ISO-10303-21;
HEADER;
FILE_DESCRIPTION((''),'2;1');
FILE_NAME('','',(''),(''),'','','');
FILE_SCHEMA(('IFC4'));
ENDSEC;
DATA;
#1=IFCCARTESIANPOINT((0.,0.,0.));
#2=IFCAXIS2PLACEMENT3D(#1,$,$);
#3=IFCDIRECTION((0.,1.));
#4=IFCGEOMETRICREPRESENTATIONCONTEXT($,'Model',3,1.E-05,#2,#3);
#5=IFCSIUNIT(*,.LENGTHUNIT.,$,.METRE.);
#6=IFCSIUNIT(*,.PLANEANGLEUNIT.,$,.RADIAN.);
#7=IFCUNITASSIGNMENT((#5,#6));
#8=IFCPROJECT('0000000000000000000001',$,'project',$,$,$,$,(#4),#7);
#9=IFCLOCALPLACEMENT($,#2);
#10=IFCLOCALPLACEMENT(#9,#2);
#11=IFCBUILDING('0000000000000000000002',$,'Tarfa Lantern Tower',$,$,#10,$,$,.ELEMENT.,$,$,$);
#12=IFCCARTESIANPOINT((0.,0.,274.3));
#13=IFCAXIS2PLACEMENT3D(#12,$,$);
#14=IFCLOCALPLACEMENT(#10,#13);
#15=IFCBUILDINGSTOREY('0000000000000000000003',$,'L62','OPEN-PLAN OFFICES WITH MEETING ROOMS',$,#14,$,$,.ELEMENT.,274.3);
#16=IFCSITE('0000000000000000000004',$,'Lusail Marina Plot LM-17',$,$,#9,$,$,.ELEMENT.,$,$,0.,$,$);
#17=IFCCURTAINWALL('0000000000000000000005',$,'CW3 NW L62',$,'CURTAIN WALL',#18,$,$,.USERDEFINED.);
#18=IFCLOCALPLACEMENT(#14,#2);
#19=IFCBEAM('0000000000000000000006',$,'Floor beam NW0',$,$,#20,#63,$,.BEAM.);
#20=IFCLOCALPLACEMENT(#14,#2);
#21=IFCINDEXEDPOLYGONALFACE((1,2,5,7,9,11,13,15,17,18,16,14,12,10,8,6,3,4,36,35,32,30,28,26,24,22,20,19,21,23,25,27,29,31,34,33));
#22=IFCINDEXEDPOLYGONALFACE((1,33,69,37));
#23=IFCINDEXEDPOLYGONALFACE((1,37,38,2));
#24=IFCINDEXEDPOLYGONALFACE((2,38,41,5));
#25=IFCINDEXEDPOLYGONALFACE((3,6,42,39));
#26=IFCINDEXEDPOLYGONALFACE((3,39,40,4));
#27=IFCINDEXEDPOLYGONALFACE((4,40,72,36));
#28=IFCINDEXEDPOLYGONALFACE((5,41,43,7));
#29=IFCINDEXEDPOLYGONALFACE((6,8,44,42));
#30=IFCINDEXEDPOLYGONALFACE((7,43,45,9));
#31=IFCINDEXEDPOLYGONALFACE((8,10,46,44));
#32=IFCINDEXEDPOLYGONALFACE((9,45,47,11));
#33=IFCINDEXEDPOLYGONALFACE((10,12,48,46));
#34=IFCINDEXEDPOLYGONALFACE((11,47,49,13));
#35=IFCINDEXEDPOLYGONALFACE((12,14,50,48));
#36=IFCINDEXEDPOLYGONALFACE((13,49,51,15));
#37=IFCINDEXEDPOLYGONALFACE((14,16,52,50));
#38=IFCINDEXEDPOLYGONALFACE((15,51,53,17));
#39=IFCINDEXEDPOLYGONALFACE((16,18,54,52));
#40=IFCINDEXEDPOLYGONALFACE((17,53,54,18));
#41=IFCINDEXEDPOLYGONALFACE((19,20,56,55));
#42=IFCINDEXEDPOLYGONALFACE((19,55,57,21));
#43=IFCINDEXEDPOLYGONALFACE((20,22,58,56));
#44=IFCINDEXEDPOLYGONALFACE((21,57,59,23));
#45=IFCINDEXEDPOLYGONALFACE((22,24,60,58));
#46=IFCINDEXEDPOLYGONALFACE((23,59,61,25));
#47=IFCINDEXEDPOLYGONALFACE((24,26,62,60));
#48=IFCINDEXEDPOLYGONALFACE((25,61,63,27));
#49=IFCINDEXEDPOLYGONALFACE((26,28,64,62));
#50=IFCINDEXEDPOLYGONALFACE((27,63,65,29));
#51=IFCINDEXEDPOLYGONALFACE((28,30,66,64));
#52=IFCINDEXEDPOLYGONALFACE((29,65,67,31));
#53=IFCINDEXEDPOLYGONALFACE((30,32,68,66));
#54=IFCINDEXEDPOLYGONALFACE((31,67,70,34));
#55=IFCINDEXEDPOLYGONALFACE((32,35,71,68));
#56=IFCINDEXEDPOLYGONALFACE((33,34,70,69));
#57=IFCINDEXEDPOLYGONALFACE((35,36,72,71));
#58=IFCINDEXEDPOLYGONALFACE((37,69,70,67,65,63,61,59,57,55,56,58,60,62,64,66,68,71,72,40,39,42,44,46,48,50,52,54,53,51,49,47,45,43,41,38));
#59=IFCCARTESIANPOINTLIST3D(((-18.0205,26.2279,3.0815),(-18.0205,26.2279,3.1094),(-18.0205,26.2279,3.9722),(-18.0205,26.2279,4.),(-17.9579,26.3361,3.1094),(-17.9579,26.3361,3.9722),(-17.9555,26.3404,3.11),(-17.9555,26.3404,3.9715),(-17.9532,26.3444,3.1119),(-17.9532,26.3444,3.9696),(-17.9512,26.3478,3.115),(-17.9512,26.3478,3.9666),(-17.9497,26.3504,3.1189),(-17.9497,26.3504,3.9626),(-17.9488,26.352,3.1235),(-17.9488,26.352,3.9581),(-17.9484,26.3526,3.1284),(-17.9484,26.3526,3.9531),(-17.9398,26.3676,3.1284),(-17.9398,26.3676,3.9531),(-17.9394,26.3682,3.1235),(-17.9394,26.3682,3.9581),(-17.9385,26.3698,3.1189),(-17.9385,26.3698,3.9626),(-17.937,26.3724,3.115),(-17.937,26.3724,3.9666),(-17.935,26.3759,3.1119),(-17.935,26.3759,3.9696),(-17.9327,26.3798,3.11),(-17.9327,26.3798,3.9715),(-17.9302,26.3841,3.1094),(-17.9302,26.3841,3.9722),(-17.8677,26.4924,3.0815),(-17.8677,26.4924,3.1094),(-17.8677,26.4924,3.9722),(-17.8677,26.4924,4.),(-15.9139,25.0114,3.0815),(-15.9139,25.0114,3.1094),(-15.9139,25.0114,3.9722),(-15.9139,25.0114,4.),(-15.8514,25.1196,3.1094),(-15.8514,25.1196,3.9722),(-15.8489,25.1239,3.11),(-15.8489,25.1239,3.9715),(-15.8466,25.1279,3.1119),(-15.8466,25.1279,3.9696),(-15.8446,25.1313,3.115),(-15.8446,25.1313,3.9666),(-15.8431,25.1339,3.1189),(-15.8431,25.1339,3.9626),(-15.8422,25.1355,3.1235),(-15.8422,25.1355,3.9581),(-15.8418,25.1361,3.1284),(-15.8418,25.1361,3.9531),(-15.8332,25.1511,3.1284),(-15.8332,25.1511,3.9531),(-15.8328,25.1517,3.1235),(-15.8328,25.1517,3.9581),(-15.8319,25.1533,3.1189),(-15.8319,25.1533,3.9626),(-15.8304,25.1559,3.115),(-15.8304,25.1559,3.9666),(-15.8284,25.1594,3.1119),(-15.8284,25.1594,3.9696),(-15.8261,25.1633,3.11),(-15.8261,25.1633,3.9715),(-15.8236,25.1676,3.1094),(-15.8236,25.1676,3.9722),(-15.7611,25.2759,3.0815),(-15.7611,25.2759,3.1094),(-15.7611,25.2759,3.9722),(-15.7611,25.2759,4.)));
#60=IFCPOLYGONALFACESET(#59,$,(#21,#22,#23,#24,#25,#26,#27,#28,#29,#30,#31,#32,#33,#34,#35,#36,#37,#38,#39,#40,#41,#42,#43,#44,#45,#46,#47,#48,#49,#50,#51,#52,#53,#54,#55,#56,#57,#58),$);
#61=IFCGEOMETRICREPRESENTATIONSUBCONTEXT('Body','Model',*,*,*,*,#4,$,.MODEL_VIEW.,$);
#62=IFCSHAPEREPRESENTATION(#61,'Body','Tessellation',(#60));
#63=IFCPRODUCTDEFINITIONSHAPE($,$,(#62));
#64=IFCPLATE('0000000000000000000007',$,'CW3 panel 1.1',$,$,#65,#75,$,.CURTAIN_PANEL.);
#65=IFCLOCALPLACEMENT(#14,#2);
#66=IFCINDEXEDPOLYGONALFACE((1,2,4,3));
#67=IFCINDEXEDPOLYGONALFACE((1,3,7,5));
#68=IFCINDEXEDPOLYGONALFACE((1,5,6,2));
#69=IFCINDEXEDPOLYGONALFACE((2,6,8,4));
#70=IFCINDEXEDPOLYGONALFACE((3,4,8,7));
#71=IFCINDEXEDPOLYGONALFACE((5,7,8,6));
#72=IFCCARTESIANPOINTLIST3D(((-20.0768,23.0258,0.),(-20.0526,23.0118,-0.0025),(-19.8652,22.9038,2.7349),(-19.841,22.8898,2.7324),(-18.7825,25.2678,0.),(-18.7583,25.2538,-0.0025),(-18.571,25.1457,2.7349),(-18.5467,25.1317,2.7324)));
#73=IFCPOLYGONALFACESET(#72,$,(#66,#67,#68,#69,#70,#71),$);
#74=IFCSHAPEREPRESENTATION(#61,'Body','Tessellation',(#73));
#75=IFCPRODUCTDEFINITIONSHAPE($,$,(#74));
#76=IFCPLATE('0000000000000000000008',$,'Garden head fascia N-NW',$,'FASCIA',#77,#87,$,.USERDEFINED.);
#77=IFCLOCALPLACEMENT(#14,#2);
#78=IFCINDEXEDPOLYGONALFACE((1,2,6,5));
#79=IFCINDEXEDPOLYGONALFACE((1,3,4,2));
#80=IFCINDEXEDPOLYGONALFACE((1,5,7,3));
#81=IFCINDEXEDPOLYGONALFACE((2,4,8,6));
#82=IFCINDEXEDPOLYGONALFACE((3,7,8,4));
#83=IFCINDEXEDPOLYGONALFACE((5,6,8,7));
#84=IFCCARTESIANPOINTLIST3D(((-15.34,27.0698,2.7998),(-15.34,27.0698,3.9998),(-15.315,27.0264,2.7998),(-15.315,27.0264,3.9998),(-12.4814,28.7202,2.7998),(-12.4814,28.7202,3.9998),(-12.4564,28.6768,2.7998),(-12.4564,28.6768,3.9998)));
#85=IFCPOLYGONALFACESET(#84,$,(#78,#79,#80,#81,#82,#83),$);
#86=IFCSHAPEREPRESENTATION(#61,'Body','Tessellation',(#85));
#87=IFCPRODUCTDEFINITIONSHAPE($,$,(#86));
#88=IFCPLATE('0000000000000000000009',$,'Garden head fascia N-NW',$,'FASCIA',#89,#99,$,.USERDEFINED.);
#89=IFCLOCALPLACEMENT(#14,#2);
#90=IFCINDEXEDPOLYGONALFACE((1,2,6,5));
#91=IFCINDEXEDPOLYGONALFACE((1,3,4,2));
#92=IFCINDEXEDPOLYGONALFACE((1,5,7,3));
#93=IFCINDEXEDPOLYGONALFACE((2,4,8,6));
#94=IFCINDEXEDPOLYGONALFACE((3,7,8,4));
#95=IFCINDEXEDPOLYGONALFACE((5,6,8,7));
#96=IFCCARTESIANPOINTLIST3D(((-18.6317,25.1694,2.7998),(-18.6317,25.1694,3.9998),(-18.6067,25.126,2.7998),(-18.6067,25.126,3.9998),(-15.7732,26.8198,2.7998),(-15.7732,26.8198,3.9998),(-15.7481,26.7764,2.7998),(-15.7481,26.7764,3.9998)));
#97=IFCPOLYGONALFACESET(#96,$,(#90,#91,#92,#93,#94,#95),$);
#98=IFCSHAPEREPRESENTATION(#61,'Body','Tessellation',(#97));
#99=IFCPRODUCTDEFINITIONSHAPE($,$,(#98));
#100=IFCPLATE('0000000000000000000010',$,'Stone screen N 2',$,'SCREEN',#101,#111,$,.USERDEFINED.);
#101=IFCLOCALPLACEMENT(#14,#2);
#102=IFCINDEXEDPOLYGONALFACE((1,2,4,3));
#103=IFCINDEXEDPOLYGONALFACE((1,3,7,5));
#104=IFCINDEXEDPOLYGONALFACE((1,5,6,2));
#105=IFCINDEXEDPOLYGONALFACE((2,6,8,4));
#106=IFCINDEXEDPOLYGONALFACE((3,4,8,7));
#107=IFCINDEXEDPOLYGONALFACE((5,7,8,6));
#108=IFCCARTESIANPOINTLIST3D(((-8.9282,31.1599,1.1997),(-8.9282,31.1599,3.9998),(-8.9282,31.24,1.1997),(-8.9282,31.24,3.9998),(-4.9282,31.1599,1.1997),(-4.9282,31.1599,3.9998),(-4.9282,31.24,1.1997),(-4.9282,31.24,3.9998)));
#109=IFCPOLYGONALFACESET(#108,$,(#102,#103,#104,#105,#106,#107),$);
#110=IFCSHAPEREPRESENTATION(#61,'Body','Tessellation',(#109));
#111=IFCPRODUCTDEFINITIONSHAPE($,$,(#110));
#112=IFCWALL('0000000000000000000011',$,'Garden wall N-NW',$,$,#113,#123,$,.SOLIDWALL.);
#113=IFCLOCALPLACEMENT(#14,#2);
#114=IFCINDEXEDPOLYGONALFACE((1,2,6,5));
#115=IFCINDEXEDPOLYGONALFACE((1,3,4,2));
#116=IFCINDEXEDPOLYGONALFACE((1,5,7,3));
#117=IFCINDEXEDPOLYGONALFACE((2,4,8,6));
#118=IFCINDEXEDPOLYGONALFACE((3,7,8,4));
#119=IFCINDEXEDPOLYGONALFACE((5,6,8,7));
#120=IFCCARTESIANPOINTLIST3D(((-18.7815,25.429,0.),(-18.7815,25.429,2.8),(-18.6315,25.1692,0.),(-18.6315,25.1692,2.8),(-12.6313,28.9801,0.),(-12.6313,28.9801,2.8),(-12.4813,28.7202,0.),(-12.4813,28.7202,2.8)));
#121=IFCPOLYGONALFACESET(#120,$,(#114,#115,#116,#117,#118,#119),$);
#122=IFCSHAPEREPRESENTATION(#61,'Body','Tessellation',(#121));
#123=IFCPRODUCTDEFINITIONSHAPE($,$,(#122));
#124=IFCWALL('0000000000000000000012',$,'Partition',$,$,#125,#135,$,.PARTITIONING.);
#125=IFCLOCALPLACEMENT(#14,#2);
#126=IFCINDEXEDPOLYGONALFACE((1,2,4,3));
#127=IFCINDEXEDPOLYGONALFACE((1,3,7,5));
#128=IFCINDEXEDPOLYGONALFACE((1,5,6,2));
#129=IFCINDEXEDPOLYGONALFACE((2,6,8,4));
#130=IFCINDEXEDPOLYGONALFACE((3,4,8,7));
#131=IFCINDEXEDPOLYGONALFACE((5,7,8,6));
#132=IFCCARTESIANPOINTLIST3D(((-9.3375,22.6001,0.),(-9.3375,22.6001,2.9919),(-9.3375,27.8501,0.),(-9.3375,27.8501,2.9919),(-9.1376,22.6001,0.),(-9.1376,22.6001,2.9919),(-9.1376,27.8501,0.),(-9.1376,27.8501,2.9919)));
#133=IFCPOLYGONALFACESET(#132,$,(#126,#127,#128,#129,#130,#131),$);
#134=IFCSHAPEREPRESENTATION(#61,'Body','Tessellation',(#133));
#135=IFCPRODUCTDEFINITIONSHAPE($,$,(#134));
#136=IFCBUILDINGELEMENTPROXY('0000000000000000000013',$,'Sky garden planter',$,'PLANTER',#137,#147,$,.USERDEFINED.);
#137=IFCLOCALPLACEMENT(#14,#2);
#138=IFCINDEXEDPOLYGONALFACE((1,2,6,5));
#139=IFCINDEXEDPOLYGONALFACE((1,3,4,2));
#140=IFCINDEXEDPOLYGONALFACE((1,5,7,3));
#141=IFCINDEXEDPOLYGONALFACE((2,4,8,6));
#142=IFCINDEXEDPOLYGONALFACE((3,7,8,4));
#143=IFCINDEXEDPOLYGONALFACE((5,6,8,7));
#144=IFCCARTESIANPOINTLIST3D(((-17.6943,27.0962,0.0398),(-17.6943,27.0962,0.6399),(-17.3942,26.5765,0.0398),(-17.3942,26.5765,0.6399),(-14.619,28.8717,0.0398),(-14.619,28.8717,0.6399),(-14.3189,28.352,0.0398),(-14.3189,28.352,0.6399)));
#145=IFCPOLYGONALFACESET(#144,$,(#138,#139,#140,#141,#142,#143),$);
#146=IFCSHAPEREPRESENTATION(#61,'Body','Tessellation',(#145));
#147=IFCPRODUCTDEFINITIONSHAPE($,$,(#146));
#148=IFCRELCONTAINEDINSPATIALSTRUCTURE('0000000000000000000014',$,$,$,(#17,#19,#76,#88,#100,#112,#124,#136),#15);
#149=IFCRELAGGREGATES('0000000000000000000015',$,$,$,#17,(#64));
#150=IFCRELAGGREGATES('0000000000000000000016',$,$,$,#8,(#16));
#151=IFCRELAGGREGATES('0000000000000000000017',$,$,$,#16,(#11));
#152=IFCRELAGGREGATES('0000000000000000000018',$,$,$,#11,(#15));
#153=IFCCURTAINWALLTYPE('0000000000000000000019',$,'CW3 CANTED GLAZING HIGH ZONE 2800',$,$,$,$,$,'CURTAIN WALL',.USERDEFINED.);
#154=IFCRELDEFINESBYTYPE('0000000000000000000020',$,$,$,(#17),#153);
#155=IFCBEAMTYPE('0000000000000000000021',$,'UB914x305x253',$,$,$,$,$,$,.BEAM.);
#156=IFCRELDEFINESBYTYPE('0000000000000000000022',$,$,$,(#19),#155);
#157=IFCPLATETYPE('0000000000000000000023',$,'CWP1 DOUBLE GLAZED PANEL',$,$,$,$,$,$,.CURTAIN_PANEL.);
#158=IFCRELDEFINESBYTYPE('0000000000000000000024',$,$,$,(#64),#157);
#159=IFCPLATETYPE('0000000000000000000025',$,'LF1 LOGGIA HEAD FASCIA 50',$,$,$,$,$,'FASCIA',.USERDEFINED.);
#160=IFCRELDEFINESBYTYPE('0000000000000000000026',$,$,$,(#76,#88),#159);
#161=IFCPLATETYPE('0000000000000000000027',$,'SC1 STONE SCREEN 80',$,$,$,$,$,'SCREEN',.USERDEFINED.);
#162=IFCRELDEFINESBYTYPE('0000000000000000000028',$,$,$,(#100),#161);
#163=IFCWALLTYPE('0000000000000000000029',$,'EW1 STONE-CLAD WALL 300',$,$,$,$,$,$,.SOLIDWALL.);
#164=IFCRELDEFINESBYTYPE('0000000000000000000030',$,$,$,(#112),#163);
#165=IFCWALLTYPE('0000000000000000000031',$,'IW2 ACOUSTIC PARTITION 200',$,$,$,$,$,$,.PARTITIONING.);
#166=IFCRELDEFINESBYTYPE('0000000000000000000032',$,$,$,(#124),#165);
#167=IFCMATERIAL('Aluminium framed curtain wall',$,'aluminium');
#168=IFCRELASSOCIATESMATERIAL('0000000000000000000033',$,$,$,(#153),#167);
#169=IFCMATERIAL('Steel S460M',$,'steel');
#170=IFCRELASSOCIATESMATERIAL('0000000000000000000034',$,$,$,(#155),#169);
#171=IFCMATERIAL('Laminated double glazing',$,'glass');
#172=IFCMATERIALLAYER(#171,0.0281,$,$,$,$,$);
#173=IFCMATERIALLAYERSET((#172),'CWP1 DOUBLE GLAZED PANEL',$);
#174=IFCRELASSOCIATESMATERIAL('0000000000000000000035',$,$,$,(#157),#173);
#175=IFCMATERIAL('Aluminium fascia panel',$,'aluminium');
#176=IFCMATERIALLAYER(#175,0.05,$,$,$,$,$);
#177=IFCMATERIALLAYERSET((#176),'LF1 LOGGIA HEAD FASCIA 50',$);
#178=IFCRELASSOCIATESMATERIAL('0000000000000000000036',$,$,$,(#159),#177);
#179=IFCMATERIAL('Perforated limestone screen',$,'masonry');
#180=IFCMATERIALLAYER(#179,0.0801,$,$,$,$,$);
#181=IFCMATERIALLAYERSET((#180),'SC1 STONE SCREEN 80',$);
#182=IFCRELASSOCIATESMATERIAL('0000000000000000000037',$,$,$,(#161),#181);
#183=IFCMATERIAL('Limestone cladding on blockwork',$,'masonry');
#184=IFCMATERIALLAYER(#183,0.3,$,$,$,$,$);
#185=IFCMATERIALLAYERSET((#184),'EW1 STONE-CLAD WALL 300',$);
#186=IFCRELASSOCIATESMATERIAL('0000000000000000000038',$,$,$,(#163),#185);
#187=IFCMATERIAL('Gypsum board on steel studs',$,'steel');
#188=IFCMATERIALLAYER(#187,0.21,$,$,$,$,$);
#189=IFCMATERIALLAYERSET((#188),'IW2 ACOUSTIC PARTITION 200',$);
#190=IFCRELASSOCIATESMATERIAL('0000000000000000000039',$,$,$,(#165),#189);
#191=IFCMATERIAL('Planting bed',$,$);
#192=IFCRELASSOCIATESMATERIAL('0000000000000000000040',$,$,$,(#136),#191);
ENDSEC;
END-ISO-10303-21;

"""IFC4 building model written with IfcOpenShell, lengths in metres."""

from ifc_helpers import new_model, si_unit, direction, frame, frame_2d, origin, origin_2d, place, context, subcontext, project, spatial, polyline, rectangle, i_section, outline, extrude, material, layer, layer_set, material_profile, profile_set, type_object, element, aggregate, save


model = new_model("IFC4")

# Units and contexts
model_context = context("Model", 3, precision=1e-05, world=origin(), true_north=direction((0.0, 1.0)))
body_context = subcontext(model_context, "Body", "Model", "MODEL_VIEW")
ifc_project = project(units=[si_unit("LENGTHUNIT", "METRE"), si_unit("PLANEANGLEUNIT", "RADIAN")], contexts=[model_context])

# Site, building, storey
site_placement = place(None, origin())
site = spatial("IfcSite", under=ifc_project, at=site_placement, Name="Lusail Marina Plot LM-17", CompositionType="ELEMENT", RefElevation=0.0)
building_placement = place(site_placement, origin())
building = spatial("IfcBuilding", under=site, at=building_placement, Name="Tarfa Lantern Tower", CompositionType="ELEMENT")
storey_placement = place(building_placement, frame((0.0, 0.0, 274.3)))
storey = spatial("IfcBuildingStorey", under=building, at=storey_placement, Name="L62", Description="OPEN-PLAN OFFICES WITH MEETING ROOMS", CompositionType="ELEMENT", Elevation=274.3)

# Curtain wall
ifc_material_1 = material(Name="Aluminium framed curtain wall", Category="aluminium")
curtain_wall_type = type_object("IfcCurtainWallType", Name="CW3 CANTED GLAZING HIGH ZONE 2800", ElementType="CURTAIN WALL", PredefinedType="USERDEFINED", material=ifc_material_1)
curtain_wall_placement = place(storey_placement, origin())
curtain_wall = element("IfcCurtainWall", 1, at=curtain_wall_placement, inside=storey, type_object=curtain_wall_type, Name="CW3 NW L62", ObjectType="CURTAIN WALL", PredefinedType="USERDEFINED")

# Beam
ifc_material_2 = material(Name="Steel S460M", Category="steel")
ifc_material_profile_1 = material_profile(ifc_material_2, i_section(OverallWidth=0.3054, OverallDepth=0.9185, WebThickness=0.0173, FlangeThickness=0.0278, FilletRadius=0.019, at=origin_2d()), Name="UB914x305x253")
ifc_profile_set_1 = profile_set([ifc_material_profile_1], Name="Steel S460M")
beam_type_1 = type_object("IfcBeamType", Name="UB914x305x253", PredefinedType="BEAM", material=ifc_profile_set_1)
beam_1_placement = place(storey_placement, frame((-17.9441, 26.3601, 3.5408), z_axis=(0.86598, -0.500079, 0.0), x_axis=(0.500079, 0.86598, 0.0)))
element("IfcBeam", 2, at=beam_1_placement, inside=storey, type_object=beam_type_1, Name="Floor beam NW0", PredefinedType="BEAM", context=body_context, shape_type="SweptSolid", body=[
    extrude(i_section(OverallWidth=0.3054, OverallDepth=0.9185, WebThickness=0.0173, FlangeThickness=0.0278, FilletRadius=0.019, at=origin_2d()), origin(), (0.0, 0.0, 1.0), 2.4326),
])

# Plate
ifc_material_3 = material(Name="Laminated double glazing", Category="glass")
ifc_layer_1 = layer(ifc_material_3, 0.0281)
ifc_layer_set_1 = layer_set([ifc_layer_1], Name="CWP1 DOUBLE GLAZED PANEL")
plate_type_1 = type_object("IfcPlateType", Name="CWP1 DOUBLE GLAZED PANEL", PredefinedType="CURTAIN_PANEL", material=ifc_layer_set_1)
plate_1_placement = place(storey_placement, frame((-18.7825, 25.2678, 0.0), z_axis=(-0.862605, 0.497996, 0.088952), x_axis=(-0.499979, -0.866038, -0.000004)))
plate_1 = element("IfcPlate", 3, at=plate_1_placement, type_object=plate_type_1, Name="CW3 panel 1.1", PredefinedType="CURTAIN_PANEL", context=body_context, shape_type="SweptSolid", body=[
    extrude(outline(polyline([(0.0, 0.0), (2.5888, 0.0), (2.5887, 2.7458), (0.0, 2.7457), (0.0, 0.0)])), origin(), (0.0, 0.0, -1.0), 0.0281),
])
aggregate(curtain_wall, [plate_1])

# Plates
ifc_material_4 = material(Name="Aluminium fascia panel", Category="aluminium")
ifc_layer_2 = layer(ifc_material_4, 0.05)
ifc_layer_set_2 = layer_set([ifc_layer_2], Name="LF1 LOGGIA HEAD FASCIA 50")
plate_type_2 = type_object("IfcPlateType", Name="LF1 LOGGIA HEAD FASCIA 50", ElementType="FASCIA", PredefinedType="USERDEFINED", material=ifc_layer_set_2)
for number, where, z_axis, x_axis, name in (
    (4, (-13.8982, 27.8733, 2.7998), (0.0, 0.0, 1.0), (-0.866025, -0.5, 0.0), "Garden head fascia N-NW"),
    (5, (-17.1899, 25.9729, 2.7998), (0.0, 0.0, 1.0), (-0.866025, -0.5, 0.0), "Garden head fascia N-NW"),
):
    element("IfcPlate", number, at=place(storey_placement, frame(where, z_axis=z_axis, x_axis=x_axis)), inside=storey, type_object=plate_type_2, Name=name, ObjectType="FASCIA", PredefinedType="USERDEFINED", context=body_context, shape_type="SweptSolid", body=[
        extrude(rectangle(XDim=3.3008, YDim=0.05, at=origin_2d()), origin(), (0.0, 0.0, 1.0), 1.2),
    ])
ifc_material_5 = material(Name="Perforated limestone screen", Category="masonry")
ifc_layer_3 = layer(ifc_material_5, 0.0801)
ifc_layer_set_3 = layer_set([ifc_layer_3], Name="SC1 STONE SCREEN 80")
plate_type_3 = type_object("IfcPlateType", Name="SC1 STONE SCREEN 80", ElementType="SCREEN", PredefinedType="USERDEFINED", material=ifc_layer_set_3)
plate_2_placement = place(storey_placement, frame((-6.9282, 31.2, 1.1997), z_axis=(0.0, 0.0, 1.0), x_axis=(-1.0, 0.0, 0.0)))
element("IfcPlate", 6, at=plate_2_placement, inside=storey, type_object=plate_type_3, Name="Stone screen N 2", ObjectType="SCREEN", PredefinedType="USERDEFINED", context=body_context, shape_type="SweptSolid", body=[
    extrude(rectangle(XDim=4.0, YDim=0.0801, at=origin_2d()), origin(), (0.0, 0.0, 1.0), 2.8),
])

# Walls
ifc_material_6 = material(Name="Limestone cladding on blockwork", Category="masonry")
ifc_layer_4 = layer(ifc_material_6, 0.3)
ifc_layer_set_4 = layer_set([ifc_layer_4], Name="EW1 STONE-CLAD WALL 300")
wall_type_1 = type_object("IfcWallType", Name="EW1 STONE-CLAD WALL 300", PredefinedType="SOLIDWALL", material=ifc_layer_set_4)
wall_1_placement = place(storey_placement, frame((-12.5564, 28.8501, 0.0), z_axis=(0.0, 0.0, 1.0), x_axis=(-0.866011, -0.500025, 0.0)))
element("IfcWall", 7, at=wall_1_placement, inside=storey, type_object=wall_type_1, Name="Garden wall N-NW", PredefinedType="SOLIDWALL", context=body_context, shape_type="SweptSolid", body=[
    extrude(rectangle(XDim=7.1018, YDim=0.3, at=frame_2d((3.5508, 0.0))), origin(), (0.0, 0.0, 1.0), 2.8),
])
ifc_material_7 = material(Name="Gypsum board on steel studs", Category="steel")
ifc_layer_5 = layer(ifc_material_7, 0.21)
ifc_layer_set_5 = layer_set([ifc_layer_5], Name="IW2 ACOUSTIC PARTITION 200")
wall_type_2 = type_object("IfcWallType", Name="IW2 ACOUSTIC PARTITION 200", PredefinedType="PARTITIONING", material=ifc_layer_set_5)
wall_2_placement = place(storey_placement, frame((-9.2375, 22.6001, 0.0), z_axis=(0.0, 0.0, 1.0), x_axis=(0.0, 1.0, 0.0)))
element("IfcWall", 8, at=wall_2_placement, inside=storey, type_object=wall_type_2, Name="Partition", PredefinedType="PARTITIONING", context=body_context, shape_type="SweptSolid", body=[
    extrude(rectangle(XDim=5.25, YDim=0.2, at=frame_2d((2.625, 0.0))), origin(), (0.0, 0.0, 1.0), 2.9919),
])

# Building element proxy
ifc_material_8 = material(Name="Planting bed")
proxy_placement = place(storey_placement, frame((-16.0066, 27.7241, 0.0398), z_axis=(0.0, 0.0, 1.0), x_axis=(-0.866025, -0.5, 0.0)))
element("IfcBuildingElementProxy", 9, at=proxy_placement, inside=storey, material=ifc_material_8, Name="Sky garden planter", ObjectType="PLANTER", PredefinedType="USERDEFINED", context=body_context, shape_type="SweptSolid", body=[
    extrude(rectangle(XDim=3.551, YDim=0.6001, at=origin_2d()), origin(), (0.0, 0.0, 1.0), 0.6001),
])

save(model, "model.ifc")
